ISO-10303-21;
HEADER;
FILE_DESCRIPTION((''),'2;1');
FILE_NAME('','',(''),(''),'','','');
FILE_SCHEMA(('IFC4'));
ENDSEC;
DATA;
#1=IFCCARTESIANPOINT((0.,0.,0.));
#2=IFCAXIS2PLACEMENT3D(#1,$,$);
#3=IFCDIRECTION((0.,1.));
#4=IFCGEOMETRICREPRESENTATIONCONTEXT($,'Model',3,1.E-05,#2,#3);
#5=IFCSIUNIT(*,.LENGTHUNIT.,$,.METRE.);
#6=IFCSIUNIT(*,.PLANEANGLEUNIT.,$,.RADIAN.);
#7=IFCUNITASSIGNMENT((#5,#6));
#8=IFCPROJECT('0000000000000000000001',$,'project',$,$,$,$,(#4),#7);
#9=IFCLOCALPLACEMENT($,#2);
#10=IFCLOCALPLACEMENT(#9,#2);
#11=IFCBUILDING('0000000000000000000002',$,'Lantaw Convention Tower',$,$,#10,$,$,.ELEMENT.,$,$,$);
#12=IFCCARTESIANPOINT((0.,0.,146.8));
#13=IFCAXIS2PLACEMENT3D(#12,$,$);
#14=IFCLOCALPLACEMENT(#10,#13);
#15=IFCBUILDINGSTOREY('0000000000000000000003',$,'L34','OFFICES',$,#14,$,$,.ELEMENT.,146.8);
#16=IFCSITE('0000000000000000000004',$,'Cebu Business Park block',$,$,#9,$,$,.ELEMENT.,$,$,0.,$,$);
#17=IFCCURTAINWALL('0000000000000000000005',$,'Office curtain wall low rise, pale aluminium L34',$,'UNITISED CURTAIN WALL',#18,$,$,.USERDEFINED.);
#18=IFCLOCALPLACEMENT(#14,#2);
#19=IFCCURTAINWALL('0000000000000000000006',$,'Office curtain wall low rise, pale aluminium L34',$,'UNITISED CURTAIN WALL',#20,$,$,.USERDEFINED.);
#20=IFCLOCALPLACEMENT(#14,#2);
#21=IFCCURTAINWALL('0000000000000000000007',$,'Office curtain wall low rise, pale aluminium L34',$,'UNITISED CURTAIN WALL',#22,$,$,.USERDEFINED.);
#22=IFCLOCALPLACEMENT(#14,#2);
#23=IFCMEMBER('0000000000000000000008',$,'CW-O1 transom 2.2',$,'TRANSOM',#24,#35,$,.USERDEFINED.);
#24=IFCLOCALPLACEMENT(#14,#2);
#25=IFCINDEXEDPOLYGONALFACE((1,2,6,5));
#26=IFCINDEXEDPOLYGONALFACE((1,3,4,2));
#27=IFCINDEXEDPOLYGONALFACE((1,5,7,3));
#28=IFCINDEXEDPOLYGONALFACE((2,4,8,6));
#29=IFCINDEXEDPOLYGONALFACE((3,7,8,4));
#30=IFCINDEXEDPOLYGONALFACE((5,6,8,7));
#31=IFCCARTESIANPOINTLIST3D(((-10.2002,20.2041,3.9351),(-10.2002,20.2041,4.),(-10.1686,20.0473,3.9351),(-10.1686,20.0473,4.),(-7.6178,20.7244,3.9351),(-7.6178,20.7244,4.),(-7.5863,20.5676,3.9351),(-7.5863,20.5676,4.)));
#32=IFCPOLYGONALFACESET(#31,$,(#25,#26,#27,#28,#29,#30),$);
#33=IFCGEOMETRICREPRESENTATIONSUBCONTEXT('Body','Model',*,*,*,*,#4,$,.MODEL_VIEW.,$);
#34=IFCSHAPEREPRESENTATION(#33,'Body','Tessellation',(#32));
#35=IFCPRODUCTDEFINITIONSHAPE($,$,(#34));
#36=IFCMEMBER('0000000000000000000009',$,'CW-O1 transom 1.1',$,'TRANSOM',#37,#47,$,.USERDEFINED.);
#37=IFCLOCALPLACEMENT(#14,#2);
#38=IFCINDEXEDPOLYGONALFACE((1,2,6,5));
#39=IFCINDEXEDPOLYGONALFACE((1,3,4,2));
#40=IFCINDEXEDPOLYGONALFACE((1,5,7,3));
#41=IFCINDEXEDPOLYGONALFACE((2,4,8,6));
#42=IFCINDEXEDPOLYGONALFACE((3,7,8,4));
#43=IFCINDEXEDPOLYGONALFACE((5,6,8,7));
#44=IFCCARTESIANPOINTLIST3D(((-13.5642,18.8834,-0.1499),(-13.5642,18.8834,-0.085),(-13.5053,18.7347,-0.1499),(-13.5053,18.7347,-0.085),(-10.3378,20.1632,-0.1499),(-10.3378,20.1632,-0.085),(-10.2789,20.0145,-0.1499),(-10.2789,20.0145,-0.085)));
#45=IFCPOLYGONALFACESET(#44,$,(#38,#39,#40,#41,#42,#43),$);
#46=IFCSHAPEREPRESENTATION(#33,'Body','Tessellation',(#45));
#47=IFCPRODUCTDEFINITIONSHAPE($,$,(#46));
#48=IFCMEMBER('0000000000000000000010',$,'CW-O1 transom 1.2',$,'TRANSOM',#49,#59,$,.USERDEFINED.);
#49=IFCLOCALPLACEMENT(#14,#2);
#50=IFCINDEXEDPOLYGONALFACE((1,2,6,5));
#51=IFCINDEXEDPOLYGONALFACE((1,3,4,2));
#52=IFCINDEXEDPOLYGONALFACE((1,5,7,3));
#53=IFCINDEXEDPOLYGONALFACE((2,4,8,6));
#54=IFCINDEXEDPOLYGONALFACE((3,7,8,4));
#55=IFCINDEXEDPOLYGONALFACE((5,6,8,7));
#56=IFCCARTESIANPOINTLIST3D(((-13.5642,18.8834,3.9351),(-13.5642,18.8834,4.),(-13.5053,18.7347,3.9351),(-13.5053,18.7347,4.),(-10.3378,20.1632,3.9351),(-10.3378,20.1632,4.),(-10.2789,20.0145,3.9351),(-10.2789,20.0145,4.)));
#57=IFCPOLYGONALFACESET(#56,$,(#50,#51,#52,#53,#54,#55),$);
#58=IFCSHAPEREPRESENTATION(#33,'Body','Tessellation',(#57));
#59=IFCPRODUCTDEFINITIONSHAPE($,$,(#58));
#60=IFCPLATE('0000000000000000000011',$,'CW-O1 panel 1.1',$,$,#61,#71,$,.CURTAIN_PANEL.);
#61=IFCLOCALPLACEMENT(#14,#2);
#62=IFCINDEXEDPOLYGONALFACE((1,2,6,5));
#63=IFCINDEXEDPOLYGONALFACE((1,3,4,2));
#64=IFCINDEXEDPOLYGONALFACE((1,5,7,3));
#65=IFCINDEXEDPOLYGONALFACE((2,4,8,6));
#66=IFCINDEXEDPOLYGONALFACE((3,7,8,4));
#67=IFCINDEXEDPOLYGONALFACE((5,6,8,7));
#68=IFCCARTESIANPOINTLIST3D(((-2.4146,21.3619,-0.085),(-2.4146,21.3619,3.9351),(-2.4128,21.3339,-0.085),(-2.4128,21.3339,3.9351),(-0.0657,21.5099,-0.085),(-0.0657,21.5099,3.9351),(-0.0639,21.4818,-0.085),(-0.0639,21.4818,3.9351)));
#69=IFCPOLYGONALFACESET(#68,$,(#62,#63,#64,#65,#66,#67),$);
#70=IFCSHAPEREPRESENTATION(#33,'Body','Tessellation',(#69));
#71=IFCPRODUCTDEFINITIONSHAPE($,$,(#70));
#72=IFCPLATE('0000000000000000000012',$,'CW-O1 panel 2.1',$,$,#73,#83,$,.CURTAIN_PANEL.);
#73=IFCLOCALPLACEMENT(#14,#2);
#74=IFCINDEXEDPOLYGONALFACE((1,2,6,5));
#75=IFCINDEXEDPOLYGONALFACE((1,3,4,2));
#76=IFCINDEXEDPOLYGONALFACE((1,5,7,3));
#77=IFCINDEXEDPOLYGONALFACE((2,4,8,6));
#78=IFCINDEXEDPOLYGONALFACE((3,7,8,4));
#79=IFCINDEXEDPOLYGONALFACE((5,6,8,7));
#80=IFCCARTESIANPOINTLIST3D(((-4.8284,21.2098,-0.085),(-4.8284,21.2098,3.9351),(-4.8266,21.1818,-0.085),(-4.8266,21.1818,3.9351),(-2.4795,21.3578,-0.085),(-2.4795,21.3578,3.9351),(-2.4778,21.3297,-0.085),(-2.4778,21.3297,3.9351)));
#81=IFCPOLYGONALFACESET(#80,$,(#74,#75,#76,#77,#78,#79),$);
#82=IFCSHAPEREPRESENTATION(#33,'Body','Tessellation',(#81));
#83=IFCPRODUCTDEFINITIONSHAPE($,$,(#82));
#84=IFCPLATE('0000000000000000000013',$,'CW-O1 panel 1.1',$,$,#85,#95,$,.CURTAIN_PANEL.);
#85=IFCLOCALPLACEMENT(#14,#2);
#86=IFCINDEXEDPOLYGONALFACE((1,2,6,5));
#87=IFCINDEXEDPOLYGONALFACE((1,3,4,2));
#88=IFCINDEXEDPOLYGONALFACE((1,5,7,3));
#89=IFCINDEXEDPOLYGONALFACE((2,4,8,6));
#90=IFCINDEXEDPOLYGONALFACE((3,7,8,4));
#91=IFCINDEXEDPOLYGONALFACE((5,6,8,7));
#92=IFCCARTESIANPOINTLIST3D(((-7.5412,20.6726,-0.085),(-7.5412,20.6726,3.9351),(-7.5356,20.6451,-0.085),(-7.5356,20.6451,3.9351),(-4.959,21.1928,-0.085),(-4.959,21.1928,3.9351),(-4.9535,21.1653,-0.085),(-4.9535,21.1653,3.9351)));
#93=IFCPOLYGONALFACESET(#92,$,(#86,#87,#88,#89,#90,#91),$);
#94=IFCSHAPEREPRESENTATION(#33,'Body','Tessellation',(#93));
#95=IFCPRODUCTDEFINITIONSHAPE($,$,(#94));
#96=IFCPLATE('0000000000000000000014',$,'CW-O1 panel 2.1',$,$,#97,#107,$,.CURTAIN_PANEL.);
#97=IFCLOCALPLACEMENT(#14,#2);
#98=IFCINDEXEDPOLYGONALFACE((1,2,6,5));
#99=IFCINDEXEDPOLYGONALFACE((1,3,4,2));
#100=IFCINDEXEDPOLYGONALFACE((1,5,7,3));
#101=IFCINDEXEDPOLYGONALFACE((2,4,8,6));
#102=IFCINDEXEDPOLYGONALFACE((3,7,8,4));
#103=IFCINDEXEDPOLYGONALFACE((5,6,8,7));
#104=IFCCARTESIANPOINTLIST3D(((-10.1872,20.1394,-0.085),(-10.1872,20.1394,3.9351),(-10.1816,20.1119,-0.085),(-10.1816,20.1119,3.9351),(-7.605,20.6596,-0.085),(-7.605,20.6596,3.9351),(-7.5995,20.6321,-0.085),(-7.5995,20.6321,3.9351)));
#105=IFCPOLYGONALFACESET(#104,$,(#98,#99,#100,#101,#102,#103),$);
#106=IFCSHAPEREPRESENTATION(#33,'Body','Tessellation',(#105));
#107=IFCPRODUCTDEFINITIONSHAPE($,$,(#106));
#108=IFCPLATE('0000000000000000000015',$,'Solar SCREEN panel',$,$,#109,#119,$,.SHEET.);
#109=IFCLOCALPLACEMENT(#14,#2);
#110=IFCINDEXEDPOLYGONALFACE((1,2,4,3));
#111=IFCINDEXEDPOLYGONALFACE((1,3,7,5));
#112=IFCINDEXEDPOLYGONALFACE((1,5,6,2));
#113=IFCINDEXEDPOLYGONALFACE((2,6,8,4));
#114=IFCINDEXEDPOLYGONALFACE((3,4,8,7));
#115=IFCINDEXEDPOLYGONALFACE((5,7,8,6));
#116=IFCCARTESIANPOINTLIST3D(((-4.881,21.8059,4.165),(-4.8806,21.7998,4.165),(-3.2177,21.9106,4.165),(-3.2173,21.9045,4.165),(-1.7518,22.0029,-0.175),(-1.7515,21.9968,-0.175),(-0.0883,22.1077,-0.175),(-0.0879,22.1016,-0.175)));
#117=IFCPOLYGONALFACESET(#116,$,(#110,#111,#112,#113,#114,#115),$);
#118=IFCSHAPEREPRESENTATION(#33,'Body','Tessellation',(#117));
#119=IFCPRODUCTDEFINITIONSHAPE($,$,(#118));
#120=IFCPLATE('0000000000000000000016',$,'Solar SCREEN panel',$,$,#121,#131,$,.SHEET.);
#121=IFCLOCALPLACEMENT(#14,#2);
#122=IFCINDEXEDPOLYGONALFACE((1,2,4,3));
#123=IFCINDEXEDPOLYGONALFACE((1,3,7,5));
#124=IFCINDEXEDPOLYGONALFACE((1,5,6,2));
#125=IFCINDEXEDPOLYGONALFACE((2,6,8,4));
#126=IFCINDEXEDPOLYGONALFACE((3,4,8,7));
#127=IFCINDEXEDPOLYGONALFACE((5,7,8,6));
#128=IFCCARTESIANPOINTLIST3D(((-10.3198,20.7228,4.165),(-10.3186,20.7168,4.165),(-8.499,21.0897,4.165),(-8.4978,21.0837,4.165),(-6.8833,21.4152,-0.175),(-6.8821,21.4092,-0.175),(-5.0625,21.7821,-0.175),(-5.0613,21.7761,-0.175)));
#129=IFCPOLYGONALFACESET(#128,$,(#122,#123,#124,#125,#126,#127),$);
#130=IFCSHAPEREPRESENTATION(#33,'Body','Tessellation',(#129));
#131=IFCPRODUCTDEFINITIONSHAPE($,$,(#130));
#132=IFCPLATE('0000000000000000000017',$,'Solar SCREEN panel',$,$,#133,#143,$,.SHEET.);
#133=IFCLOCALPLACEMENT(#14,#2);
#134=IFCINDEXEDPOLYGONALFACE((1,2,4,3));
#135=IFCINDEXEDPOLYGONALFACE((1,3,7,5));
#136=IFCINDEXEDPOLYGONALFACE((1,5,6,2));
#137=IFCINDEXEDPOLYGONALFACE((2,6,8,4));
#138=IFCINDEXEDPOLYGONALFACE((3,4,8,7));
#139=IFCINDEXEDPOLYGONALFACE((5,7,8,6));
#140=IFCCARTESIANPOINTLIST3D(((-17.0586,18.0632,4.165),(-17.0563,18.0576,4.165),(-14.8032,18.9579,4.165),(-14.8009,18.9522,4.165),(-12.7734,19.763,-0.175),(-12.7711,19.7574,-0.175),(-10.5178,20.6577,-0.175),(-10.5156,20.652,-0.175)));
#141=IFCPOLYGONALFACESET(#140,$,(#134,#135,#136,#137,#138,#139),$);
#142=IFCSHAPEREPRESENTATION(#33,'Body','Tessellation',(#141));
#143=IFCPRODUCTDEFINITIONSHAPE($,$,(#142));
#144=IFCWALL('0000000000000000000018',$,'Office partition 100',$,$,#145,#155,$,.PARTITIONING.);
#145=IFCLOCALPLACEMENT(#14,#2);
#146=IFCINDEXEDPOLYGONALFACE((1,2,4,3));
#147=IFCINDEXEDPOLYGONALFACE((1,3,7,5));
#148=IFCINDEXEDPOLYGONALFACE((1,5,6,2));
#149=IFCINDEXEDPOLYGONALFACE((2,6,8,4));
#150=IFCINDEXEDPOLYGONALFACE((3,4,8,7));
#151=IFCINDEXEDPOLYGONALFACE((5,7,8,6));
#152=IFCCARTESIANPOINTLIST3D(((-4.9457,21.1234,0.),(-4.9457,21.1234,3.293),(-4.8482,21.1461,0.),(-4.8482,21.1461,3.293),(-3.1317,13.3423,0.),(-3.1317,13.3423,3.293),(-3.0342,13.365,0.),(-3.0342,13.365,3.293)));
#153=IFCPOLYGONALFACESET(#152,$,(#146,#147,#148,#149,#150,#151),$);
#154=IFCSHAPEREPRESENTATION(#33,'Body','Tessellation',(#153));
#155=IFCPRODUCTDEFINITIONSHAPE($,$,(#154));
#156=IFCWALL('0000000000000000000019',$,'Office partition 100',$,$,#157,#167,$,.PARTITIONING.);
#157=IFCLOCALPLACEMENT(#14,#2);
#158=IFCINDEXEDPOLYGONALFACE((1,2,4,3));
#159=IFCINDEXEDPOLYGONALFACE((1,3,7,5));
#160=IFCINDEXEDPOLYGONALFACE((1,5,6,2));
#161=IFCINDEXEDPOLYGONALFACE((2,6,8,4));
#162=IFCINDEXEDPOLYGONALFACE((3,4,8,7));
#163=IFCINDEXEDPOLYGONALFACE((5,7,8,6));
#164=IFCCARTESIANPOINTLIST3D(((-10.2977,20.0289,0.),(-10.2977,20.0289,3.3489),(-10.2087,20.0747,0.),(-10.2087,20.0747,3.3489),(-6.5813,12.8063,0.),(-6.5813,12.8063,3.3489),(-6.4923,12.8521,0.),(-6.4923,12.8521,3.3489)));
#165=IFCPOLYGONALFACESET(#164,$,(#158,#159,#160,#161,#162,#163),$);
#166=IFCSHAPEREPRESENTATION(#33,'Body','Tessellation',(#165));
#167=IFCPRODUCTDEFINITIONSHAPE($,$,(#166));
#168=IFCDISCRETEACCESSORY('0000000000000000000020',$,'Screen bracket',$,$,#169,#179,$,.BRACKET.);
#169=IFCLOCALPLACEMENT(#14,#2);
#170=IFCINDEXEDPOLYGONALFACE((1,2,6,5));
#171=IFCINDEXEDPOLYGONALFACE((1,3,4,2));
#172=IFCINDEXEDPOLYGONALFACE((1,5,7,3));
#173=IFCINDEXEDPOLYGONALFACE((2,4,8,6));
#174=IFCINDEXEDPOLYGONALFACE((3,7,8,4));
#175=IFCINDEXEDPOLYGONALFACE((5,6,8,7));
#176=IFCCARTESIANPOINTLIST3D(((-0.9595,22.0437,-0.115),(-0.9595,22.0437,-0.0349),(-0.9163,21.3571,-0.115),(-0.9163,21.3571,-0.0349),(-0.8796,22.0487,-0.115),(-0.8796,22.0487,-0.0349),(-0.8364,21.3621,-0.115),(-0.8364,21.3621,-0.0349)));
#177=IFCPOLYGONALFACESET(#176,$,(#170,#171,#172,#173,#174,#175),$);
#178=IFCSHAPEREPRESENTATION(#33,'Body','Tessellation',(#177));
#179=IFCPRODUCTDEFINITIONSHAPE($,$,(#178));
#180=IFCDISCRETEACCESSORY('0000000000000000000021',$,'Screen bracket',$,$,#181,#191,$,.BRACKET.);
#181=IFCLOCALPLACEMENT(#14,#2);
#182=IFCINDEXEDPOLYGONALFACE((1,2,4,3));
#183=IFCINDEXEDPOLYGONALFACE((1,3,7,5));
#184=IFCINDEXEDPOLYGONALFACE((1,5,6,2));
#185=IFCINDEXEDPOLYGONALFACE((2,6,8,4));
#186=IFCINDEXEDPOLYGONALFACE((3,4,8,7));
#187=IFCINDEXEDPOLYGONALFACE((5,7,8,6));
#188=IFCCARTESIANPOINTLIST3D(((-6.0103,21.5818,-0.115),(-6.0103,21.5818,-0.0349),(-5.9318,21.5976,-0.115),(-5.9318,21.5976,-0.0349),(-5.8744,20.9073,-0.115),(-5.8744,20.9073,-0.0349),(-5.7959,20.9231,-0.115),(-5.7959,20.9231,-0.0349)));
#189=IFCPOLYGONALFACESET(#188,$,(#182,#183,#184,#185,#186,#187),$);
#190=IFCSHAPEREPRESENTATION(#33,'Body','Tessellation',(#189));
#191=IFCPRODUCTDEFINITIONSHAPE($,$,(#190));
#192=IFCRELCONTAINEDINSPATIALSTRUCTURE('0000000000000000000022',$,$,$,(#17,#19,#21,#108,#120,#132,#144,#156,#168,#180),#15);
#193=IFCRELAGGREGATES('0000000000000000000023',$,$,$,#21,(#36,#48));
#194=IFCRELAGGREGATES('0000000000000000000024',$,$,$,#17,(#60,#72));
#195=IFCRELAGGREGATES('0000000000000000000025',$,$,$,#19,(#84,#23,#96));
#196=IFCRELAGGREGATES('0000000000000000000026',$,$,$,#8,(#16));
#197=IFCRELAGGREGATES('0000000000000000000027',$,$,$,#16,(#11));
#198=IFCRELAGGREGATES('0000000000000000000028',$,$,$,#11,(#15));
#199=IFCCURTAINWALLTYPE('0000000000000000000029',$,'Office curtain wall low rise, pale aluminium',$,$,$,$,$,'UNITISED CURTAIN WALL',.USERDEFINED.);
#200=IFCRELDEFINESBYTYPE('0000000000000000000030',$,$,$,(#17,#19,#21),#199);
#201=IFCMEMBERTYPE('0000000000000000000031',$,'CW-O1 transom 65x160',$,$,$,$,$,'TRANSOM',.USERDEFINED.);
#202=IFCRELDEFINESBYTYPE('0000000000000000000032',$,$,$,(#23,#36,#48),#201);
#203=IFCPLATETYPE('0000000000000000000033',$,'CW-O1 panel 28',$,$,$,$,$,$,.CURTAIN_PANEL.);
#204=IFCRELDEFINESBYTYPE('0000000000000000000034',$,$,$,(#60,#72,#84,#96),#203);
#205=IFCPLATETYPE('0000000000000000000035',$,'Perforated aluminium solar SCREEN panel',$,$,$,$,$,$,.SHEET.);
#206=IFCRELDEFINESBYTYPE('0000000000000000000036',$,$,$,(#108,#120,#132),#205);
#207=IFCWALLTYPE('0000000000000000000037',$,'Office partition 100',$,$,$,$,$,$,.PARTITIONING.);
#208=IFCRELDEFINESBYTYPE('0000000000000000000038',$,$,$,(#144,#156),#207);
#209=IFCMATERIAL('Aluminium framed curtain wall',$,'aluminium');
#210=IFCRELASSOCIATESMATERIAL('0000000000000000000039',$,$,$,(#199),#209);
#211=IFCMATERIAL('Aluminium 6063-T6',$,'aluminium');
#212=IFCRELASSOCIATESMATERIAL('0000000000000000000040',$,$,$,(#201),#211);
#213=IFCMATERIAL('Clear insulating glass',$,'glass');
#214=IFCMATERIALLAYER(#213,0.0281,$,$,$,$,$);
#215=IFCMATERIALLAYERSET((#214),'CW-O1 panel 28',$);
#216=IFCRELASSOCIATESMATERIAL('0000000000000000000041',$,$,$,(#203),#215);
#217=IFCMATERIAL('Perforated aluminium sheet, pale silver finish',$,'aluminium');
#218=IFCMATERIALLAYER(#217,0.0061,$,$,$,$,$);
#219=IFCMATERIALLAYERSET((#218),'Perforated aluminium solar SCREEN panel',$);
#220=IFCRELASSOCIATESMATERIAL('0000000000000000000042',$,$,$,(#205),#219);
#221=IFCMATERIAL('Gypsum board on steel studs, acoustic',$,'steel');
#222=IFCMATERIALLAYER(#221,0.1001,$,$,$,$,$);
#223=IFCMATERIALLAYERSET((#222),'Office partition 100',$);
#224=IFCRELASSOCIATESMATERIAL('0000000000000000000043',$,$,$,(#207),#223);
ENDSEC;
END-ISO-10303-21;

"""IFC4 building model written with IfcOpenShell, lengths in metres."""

from ifc_helpers import new_model, si_unit, direction, frame, frame_2d, origin, origin_2d, place, context, subcontext, project, spatial, polyline, rectangle, outline, extrude, material, layer, layer_set, material_profile, profile_set, type_object, element, aggregate, save


model = new_model("IFC4")

# Units and contexts
model_context = context("Model", 3, precision=1e-05, world=origin(), true_north=direction((0.0, 1.0)))
body_context = subcontext(model_context, "Body", "Model", "MODEL_VIEW")
ifc_project = project(units=[si_unit("LENGTHUNIT", "METRE"), si_unit("PLANEANGLEUNIT", "RADIAN")], contexts=[model_context])

# Site, building, storey
site_placement = place(None, origin())
site = spatial("IfcSite", under=ifc_project, at=site_placement, Name="Cebu Business Park block", CompositionType="ELEMENT", RefElevation=0.0)
building_placement = place(site_placement, origin())
building = spatial("IfcBuilding", under=site, at=building_placement, Name="Lantaw Convention Tower", CompositionType="ELEMENT")
storey_placement = place(building_placement, frame((0.0, 0.0, 146.8)))
storey = spatial("IfcBuildingStorey", under=building, at=storey_placement, Name="L34", Description="OFFICES", CompositionType="ELEMENT", Elevation=146.8)

# Curtain walls
ifc_material_1 = material(Name="Aluminium framed curtain wall", Category="aluminium")
curtain_wall_type = type_object("IfcCurtainWallType", Name="Office curtain wall low rise, pale aluminium", ElementType="UNITISED CURTAIN WALL", PredefinedType="USERDEFINED", material=ifc_material_1)
curtain_wall_1_placement = place(storey_placement, origin())
curtain_wall_1 = element("IfcCurtainWall", 1, at=curtain_wall_1_placement, inside=storey, type_object=curtain_wall_type, Name="Office curtain wall low rise, pale aluminium L34", ObjectType="UNITISED CURTAIN WALL", PredefinedType="USERDEFINED")
ifc_material_2 = material(Name="Aluminium 6063-T6", Category="aluminium")
curtain_wall_2_placement = place(storey_placement, origin())
curtain_wall_2 = element("IfcCurtainWall", 2, at=curtain_wall_2_placement, inside=storey, type_object=curtain_wall_type, Name="Office curtain wall low rise, pale aluminium L34", ObjectType="UNITISED CURTAIN WALL", PredefinedType="USERDEFINED")

# Curtain wall
curtain_wall_3_placement = place(storey_placement, origin())
curtain_wall_3 = element("IfcCurtainWall", 3, at=curtain_wall_3_placement, inside=storey, type_object=curtain_wall_type, Name="Office curtain wall low rise, pale aluminium L34", ObjectType="UNITISED CURTAIN WALL", PredefinedType="USERDEFINED")

# Members
ifc_material_profile_1 = material_profile(ifc_material_2, rectangle(XDim=0.1599, YDim=0.0649, at=origin_2d()), Name="CW-O1 transom 65x160")
ifc_profile_set_1 = profile_set([ifc_material_profile_1], Name="Aluminium 6063-T6")
member_type_1 = type_object("IfcMemberType", Name="CW-O1 transom 65x160", ElementType="TRANSOM", PredefinedType="USERDEFINED", material=ifc_profile_set_1)
member_1_placement = place(storey_placement, frame((-7.6021, 20.646, 3.9675), z_axis=(-0.980302, -0.197506, 0.0), x_axis=(0.197506, -0.980302, 0.0)))
member_1 = element("IfcMember", 4, at=member_1_placement, type_object=member_type_1, Name="CW-O1 transom 2.2", ObjectType="TRANSOM", PredefinedType="USERDEFINED", context=body_context, shape_type="SweptSolid", body=[
    extrude(rectangle(XDim=0.1599, YDim=0.0649, at=origin_2d()), origin(), (0.0, 0.0, 1.0), 2.6343),
])
member_2_placement = place(storey_placement, frame((-10.3083, 20.0889, -0.1174), z_axis=(-0.92954, -0.368721, 0.0), x_axis=(0.368721, -0.92954, 0.0)))
member_2 = element("IfcMember", 5, at=member_2_placement, type_object=member_type_1, Name="CW-O1 transom 1.1", ObjectType="TRANSOM", PredefinedType="USERDEFINED", context=body_context, shape_type="SweptSolid", body=[
    extrude(rectangle(XDim=0.1599, YDim=0.0649, at=origin_2d()), origin(), (0.0, 0.0, 1.0), 3.4709),
])
member_3_placement = place(storey_placement, frame((-10.3083, 20.0889, 3.9675), z_axis=(-0.92954, -0.368721, 0.0), x_axis=(0.368721, -0.92954, 0.0)))
member_3 = element("IfcMember", 6, at=member_3_placement, type_object=member_type_1, Name="CW-O1 transom 1.2", ObjectType="TRANSOM", PredefinedType="USERDEFINED", context=body_context, shape_type="SweptSolid", body=[
    extrude(rectangle(XDim=0.1599, YDim=0.0649, at=origin_2d()), origin(), (0.0, 0.0, 1.0), 3.4709),
])
aggregate(curtain_wall_3, [member_2, member_3])

# Plates
ifc_material_3 = material(Name="Clear insulating glass", Category="glass")
ifc_layer_1 = layer(ifc_material_3, 0.0281)
ifc_layer_set_1 = layer_set([ifc_layer_1], Name="CW-O1 panel 28")
plate_type_1 = type_object("IfcPlateType", Name="CW-O1 panel 28", PredefinedType="CURTAIN_PANEL", material=ifc_layer_set_1)
plate_1_placement = place(storey_placement, frame((-1.2393, 21.4219, -0.085), z_axis=(0.0, 0.0, 1.0), x_axis=(-0.998022, -0.062865, 0.0)))
plate_1 = element("IfcPlate", 7, at=plate_1_placement, type_object=plate_type_1, Name="CW-O1 panel 1.1", PredefinedType="CURTAIN_PANEL", context=body_context, shape_type="SweptSolid", body=[
    extrude(rectangle(XDim=2.3535, YDim=0.0281, at=origin_2d()), origin(), (0.0, 0.0, 1.0), 4.02),
])
plate_2_placement = place(storey_placement, frame((-3.6531, 21.2698, -0.085), z_axis=(0.0, 0.0, 1.0), x_axis=(-0.998022, -0.062865, 0.0)))
plate_2 = element("IfcPlate", 8, at=plate_2_placement, type_object=plate_type_1, Name="CW-O1 panel 2.1", PredefinedType="CURTAIN_PANEL", context=body_context, shape_type="SweptSolid", body=[
    extrude(rectangle(XDim=2.3535, YDim=0.0281, at=origin_2d()), origin(), (0.0, 0.0, 1.0), 4.02),
])
aggregate(curtain_wall_1, [plate_1, plate_2])
plate_3_placement = place(storey_placement, frame((-6.2473, 20.9189, -0.085), z_axis=(0.0, 0.0, 1.0), x_axis=(-0.980302, -0.197507, 0.0)))
plate_3 = element("IfcPlate", 9, at=plate_3_placement, type_object=plate_type_1, Name="CW-O1 panel 1.1", PredefinedType="CURTAIN_PANEL", context=body_context, shape_type="SweptSolid", body=[
    extrude(rectangle(XDim=2.634, YDim=0.0281, at=origin_2d()), origin(), (0.0, 0.0, 1.0), 4.02),
])
plate_4_placement = place(storey_placement, frame((-8.8933, 20.3857, -0.085), z_axis=(0.0, 0.0, 1.0), x_axis=(-0.980302, -0.197507, 0.0)))
plate_4 = element("IfcPlate", 10, at=plate_4_placement, type_object=plate_type_1, Name="CW-O1 panel 2.1", PredefinedType="CURTAIN_PANEL", context=body_context, shape_type="SweptSolid", body=[
    extrude(rectangle(XDim=2.634, YDim=0.0281, at=origin_2d()), origin(), (0.0, 0.0, 1.0), 4.02),
])
aggregate(curtain_wall_2, [plate_3, member_1, plate_4])

# Plates
ifc_material_4 = material(Name="Perforated aluminium sheet, pale silver finish", Category="aluminium")
ifc_layer_2 = layer(ifc_material_4, 0.0061)
ifc_layer_set_2 = layer_set([ifc_layer_2], Name="Perforated aluminium solar SCREEN panel")
plate_type_2 = type_object("IfcPlateType", Name="Perforated aluminium solar SCREEN panel", PredefinedType="SHEET", material=ifc_layer_set_2)
plate_5_placement = place(storey_placement, frame((-0.0879, 22.1016, -0.175), z_axis=(0.062839, -0.998024, 0.000002), x_axis=(-0.998024, -0.062839, 0.0)))
element("IfcPlate", 11, at=plate_5_placement, inside=storey, type_object=plate_type_2, Name="Solar SCREEN panel", PredefinedType="SHEET", context=body_context, shape_type="SweptSolid", body=[
    extrude(outline(polyline([(0.0, 0.0), (1.6669, 0.0), (4.8022, -4.3401), (3.1356, -4.3401), (0.0, 0.0)])), origin(), (0.0, 0.0, -1.0), 0.0061),
])
plate_6_placement = place(storey_placement, frame((-5.0613, 21.7761, -0.175), z_axis=(0.197557, -0.980291, 0.000039), x_axis=(-0.980291, -0.197557, 0.0)))
element("IfcPlate", 12, at=plate_6_placement, inside=storey, type_object=plate_type_2, Name="Solar SCREEN panel", PredefinedType="SHEET", context=body_context, shape_type="SweptSolid", body=[
    extrude(outline(polyline([(0.0, 0.0), (1.8574, 0.0), (5.363, -4.3401), (3.5056, -4.3401), (0.0, 0.0)])), origin(), (0.0, 0.0, -1.0), 0.0061),
])
plate_7_placement = place(storey_placement, frame((-10.5178, 20.6577, -0.175), z_axis=(-0.368709, 0.929545, 0.000011), x_axis=(-0.929545, -0.368709, 0.0)))
element("IfcPlate", 13, at=plate_7_placement, inside=storey, type_object=plate_type_2, Name="Solar SCREEN panel", PredefinedType="SHEET", context=body_context, shape_type="SweptSolid", body=[
    extrude(outline(polyline([(0.0, 0.0), (2.4265, 0.0), (7.0365, 4.3401), (4.6102, 4.3401), (0.0, 0.0)])), origin(), (0.0, 0.0, -1.0), 0.0061),
])

# Walls
ifc_material_5 = material(Name="Gypsum board on steel studs, acoustic", Category="steel")
ifc_layer_3 = layer(ifc_material_5, 0.1001)
ifc_layer_set_3 = layer_set([ifc_layer_3], Name="Office partition 100")
wall_type = type_object("IfcWallType", Name="Office partition 100", PredefinedType="PARTITIONING", material=ifc_layer_set_3)
wall_1_placement = place(storey_placement, frame((-4.897, 21.1348, 0.0), z_axis=(0.0, 0.0, 1.0), x_axis=(0.227039, -0.973886, 0.0)))
element("IfcWall", 14, at=wall_1_placement, inside=storey, type_object=wall_type, Name="Office partition 100", PredefinedType="PARTITIONING", context=body_context, shape_type="SweptSolid", body=[
    extrude(rectangle(XDim=7.9897, YDim=0.1001, at=frame_2d((3.9949, 0.0))), origin(), (0.0, 0.0, 1.0), 3.293),
])
wall_2_placement = place(storey_placement, frame((-10.2532, 20.0518, 0.0), z_axis=(0.0, 0.0, 1.0), x_axis=(0.457535, -0.889191, 0.0)))
element("IfcWall", 15, at=wall_2_placement, inside=storey, type_object=wall_type, Name="Office partition 100", PredefinedType="PARTITIONING", context=body_context, shape_type="SweptSolid", body=[
    extrude(rectangle(XDim=8.1226, YDim=0.1001, at=frame_2d((4.0613, 0.0))), origin(), (0.0, 0.0, 1.0), 3.3489),
])

# Discrete accessories
for number, where, z_axis, x_axis, name in (
    (16, (-0.8979, 21.7029, -0.115), (0.0, 0.0, 1.0), (-0.998022, -0.062865, 0.0), "Screen bracket"),
    (17, (-5.9031, 21.2524, -0.115), (0.0, 0.0, 1.0), (-0.980302, -0.197507, 0.0), "Screen bracket"),
):
    element("IfcDiscreteAccessory", number, at=place(storey_placement, frame(where, z_axis=z_axis, x_axis=x_axis)), inside=storey, Name=name, PredefinedType="BRACKET", context=body_context, shape_type="SweptSolid", body=[
        extrude(rectangle(XDim=0.0801, YDim=0.688, at=origin_2d()), origin(), (0.0, 0.0, 1.0), 0.0801),
    ])

save(model, "model.ifc")
